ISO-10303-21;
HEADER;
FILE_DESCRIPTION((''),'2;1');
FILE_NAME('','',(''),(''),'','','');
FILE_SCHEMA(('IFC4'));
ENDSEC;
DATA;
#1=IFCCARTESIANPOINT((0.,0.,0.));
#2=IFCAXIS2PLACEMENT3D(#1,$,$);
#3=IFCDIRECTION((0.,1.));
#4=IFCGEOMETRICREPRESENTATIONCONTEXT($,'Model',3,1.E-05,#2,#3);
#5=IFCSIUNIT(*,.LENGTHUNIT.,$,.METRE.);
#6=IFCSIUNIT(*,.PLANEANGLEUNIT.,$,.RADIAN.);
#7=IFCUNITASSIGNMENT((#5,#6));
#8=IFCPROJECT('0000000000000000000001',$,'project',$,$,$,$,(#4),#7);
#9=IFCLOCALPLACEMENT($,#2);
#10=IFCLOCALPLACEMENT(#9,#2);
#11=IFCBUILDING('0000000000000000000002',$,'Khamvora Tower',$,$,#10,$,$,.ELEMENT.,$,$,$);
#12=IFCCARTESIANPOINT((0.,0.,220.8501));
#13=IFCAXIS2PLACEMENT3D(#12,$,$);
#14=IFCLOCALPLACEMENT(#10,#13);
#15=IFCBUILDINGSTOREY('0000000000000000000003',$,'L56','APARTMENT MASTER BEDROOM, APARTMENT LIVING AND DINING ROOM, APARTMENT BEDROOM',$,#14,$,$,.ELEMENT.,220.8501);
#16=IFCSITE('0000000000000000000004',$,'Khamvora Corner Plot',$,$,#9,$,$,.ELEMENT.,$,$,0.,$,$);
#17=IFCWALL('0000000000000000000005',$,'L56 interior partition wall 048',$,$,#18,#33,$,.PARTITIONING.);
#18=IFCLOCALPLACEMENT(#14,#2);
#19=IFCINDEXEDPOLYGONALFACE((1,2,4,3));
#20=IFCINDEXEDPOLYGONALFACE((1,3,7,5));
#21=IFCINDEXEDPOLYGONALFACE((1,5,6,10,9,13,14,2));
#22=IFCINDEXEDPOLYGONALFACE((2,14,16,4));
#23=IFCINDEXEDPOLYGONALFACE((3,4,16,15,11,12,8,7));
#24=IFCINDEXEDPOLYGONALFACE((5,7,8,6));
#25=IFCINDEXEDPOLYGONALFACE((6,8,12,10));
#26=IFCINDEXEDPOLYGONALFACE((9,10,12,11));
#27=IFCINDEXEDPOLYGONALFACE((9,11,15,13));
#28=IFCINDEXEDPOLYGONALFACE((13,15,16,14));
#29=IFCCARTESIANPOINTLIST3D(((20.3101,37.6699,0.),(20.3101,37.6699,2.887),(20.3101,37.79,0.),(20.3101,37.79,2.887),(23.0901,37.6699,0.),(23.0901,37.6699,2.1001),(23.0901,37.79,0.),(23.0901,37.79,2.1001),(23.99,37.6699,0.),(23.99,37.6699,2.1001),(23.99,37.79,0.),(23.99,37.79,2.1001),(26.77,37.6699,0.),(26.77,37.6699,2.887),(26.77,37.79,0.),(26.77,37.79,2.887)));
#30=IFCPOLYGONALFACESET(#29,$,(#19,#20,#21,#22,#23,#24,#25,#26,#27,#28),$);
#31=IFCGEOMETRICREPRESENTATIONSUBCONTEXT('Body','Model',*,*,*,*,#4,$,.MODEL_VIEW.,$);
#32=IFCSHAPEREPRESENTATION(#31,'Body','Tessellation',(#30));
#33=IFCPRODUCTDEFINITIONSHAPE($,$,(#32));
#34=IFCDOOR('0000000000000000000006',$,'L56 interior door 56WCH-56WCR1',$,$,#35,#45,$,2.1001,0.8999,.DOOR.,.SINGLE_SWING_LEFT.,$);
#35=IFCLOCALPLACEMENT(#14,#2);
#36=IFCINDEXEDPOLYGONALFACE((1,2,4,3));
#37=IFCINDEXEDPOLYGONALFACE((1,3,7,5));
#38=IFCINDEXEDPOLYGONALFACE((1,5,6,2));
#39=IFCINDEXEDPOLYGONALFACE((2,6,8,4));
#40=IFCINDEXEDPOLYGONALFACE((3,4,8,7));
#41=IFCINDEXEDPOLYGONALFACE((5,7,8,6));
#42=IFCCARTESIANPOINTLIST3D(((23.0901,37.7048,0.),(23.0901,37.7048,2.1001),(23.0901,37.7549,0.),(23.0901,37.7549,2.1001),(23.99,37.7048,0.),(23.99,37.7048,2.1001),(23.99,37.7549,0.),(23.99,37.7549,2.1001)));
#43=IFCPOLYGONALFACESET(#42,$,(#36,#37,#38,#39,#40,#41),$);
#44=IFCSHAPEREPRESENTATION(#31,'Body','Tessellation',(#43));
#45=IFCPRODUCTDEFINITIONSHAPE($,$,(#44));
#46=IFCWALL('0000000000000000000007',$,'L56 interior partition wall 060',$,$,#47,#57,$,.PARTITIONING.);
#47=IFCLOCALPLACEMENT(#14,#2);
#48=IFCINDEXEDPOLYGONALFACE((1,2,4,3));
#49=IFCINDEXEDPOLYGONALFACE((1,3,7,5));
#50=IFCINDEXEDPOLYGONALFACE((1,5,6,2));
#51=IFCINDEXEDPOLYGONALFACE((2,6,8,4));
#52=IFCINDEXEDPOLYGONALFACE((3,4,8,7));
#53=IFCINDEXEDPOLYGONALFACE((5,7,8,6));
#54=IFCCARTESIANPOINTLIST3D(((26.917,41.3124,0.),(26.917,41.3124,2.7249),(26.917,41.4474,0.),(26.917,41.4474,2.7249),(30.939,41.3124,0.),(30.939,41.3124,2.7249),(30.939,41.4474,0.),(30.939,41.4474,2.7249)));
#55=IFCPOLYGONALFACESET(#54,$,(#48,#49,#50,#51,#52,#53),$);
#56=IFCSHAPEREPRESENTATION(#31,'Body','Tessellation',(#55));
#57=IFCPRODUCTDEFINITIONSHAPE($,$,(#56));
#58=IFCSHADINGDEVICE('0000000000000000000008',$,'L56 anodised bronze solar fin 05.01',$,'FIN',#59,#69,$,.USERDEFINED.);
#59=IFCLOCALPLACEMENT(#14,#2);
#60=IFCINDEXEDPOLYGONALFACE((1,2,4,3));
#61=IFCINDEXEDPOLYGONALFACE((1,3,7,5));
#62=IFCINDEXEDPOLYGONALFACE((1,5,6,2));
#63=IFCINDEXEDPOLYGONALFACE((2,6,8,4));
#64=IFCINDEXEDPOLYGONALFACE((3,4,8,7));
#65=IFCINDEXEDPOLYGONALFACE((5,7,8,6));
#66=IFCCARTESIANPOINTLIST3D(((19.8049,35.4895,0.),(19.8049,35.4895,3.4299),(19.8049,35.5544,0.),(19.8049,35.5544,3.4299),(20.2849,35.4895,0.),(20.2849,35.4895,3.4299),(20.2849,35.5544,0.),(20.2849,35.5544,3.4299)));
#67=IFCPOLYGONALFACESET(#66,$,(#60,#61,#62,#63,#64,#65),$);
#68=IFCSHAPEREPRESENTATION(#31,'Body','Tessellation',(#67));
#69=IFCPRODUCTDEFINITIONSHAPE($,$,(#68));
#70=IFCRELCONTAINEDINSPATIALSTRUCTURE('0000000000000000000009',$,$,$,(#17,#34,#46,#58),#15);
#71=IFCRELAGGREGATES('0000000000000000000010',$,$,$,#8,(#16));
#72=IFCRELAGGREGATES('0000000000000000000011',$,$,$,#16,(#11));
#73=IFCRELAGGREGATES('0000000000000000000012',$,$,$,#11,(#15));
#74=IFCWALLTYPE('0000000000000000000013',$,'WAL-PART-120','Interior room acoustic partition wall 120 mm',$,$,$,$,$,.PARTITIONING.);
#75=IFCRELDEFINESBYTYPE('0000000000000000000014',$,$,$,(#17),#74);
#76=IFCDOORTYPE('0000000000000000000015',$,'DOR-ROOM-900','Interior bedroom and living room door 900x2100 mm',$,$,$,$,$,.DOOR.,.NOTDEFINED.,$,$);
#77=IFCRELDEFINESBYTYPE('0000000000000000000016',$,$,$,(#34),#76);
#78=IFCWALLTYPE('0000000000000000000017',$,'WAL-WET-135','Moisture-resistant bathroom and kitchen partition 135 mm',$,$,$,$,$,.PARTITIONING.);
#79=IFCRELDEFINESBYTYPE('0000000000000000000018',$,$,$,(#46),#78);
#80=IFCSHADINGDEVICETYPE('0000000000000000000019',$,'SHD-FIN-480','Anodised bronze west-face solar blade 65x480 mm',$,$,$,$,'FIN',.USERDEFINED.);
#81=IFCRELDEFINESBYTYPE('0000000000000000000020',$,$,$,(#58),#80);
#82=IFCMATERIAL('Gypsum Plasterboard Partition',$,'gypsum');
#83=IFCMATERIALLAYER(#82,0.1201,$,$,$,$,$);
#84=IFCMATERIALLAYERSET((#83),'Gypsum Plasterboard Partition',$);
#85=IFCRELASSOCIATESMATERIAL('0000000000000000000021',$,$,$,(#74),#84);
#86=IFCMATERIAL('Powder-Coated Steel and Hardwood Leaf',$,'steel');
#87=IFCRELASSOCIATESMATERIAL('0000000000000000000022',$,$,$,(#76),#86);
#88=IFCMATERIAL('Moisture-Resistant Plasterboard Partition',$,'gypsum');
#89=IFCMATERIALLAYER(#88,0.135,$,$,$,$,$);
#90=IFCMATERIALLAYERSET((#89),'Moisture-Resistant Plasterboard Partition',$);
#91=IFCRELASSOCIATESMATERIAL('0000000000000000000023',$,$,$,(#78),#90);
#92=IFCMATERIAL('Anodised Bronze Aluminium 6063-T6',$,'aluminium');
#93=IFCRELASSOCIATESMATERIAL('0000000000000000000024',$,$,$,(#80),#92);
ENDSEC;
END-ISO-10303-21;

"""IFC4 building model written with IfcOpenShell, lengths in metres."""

from ifc_helpers import new_model, si_unit, direction, frame, frame_2d, origin, origin_2d, place, context, subcontext, project, spatial, rectangle, extrude, material, layer, layer_set, type_object, element, fill, save


model = new_model("IFC4")

# Units and contexts
model_context = context("Model", 3, precision=1e-05, world=origin(), true_north=direction((0.0, 1.0)))
body_context = subcontext(model_context, "Body", "Model", "MODEL_VIEW")
ifc_project = project(units=[si_unit("LENGTHUNIT", "METRE"), si_unit("PLANEANGLEUNIT", "RADIAN")], contexts=[model_context])

# Site, building, storey
site_placement = place(None, origin())
site = spatial("IfcSite", under=ifc_project, at=site_placement, Name="Khamvora Corner Plot", CompositionType="ELEMENT", RefElevation=0.0)
building_placement = place(site_placement, origin())
building = spatial("IfcBuilding", under=site, at=building_placement, Name="Khamvora Tower", CompositionType="ELEMENT")
storey_placement = place(building_placement, frame((0.0, 0.0, 220.8501)))
storey = spatial("IfcBuildingStorey", under=building, at=storey_placement, Name="L56", Description="APARTMENT MASTER BEDROOM, APARTMENT LIVING AND DINING ROOM, APARTMENT BEDROOM", CompositionType="ELEMENT", Elevation=220.8501)

# Wall, opening, door
ifc_material_1 = material(Name="Gypsum Plasterboard Partition", Category="gypsum")
ifc_layer_1 = layer(ifc_material_1, 0.1201)
ifc_layer_set_1 = layer_set([ifc_layer_1], Name="Gypsum Plasterboard Partition")
wall_type_1 = type_object("IfcWallType", Name="WAL-PART-120", Description="Interior room acoustic partition wall 120 mm", PredefinedType="PARTITIONING", material=ifc_layer_set_1)
wall_1_placement = place(storey_placement, frame((20.3101, 37.73, 0.0), z_axis=(0.0, 0.0, 1.0), x_axis=(1.0, 0.0, 0.0)))
wall_1 = element("IfcWall", 1, at=wall_1_placement, inside=storey, type_object=wall_type_1, Name="L56 interior partition wall 048", PredefinedType="PARTITIONING", context=body_context, shape_type="SweptSolid", body=[
    extrude(rectangle(XDim=6.46, YDim=0.1201, at=frame_2d((3.23, 0.0))), origin(), (0.0, 0.0, 1.0), 2.887),
])
opening_1_placement = place(wall_1_placement, frame((2.78, 0.0, 0.0)))
opening_1 = element("IfcOpeningElement", 2, at=opening_1_placement, cuts=wall_1, PredefinedType="OPENING", context=body_context, shape_type="SweptSolid", body=[
    extrude(rectangle(XDim=0.8999, YDim=2.1001, at=frame_2d((0.45, 1.05))), frame((0.0, 0.0701, 0.0), z_axis=(0.0, -1.0, 0.0), x_axis=(1.0, 0.0, 0.0)), (0.0, 0.0, 1.0), 0.1401),
])
ifc_material_2 = material(Name="Powder-Coated Steel and Hardwood Leaf", Category="steel")
door_type = type_object("IfcDoorType", Name="DOR-ROOM-900", Description="Interior bedroom and living room door 900x2100 mm", OperationType="NOTDEFINED", PredefinedType="DOOR", material=ifc_material_2)
door_placement = place(opening_1_placement, origin())
door = element("IfcDoor", 3, at=door_placement, inside=storey, type_object=door_type, Name="L56 interior door 56WCH-56WCR1", OperationType="SINGLE_SWING_LEFT", OverallHeight=2.1001, OverallWidth=0.8999, PredefinedType="DOOR", context=body_context, shape_type="SweptSolid", body=[
    extrude(rectangle(XDim=0.8999, YDim=2.1001, at=frame_2d((0.45, 1.05))), frame((0.0, 0.0249, 0.0), z_axis=(0.0, -1.0, 0.0), x_axis=(1.0, 0.0, 0.0)), (0.0, 0.0, 1.0), 0.05),
])
fill(opening_1, door)

# Wall
ifc_material_3 = material(Name="Moisture-Resistant Plasterboard Partition", Category="gypsum")
ifc_layer_2 = layer(ifc_material_3, 0.135)
ifc_layer_set_2 = layer_set([ifc_layer_2], Name="Moisture-Resistant Plasterboard Partition")
wall_type_2 = type_object("IfcWallType", Name="WAL-WET-135", Description="Moisture-resistant bathroom and kitchen partition 135 mm", PredefinedType="PARTITIONING", material=ifc_layer_set_2)
wall_2_placement = place(storey_placement, frame((26.917, 41.3799, 0.0), z_axis=(0.0, 0.0, 1.0), x_axis=(1.0, 0.0, 0.0)))
element("IfcWall", 4, at=wall_2_placement, inside=storey, type_object=wall_type_2, Name="L56 interior partition wall 060", PredefinedType="PARTITIONING", context=body_context, shape_type="SweptSolid", body=[
    extrude(rectangle(XDim=4.022, YDim=0.135, at=frame_2d((2.011, 0.0))), origin(), (0.0, 0.0, 1.0), 2.7249),
])

# Shading device
ifc_material_4 = material(Name="Anodised Bronze Aluminium 6063-T6", Category="aluminium")
shading_device_type = type_object("IfcShadingDeviceType", Name="SHD-FIN-480", Description="Anodised bronze west-face solar blade 65x480 mm", ElementType="FIN", PredefinedType="USERDEFINED", material=ifc_material_4)
shading_device_placement = place(storey_placement, frame((20.0449, 35.522, 0.0), z_axis=(0.0, 0.0, 1.0), x_axis=(0.0, 1.0, 0.0)))
element("IfcShadingDevice", 5, at=shading_device_placement, inside=storey, type_object=shading_device_type, Name="L56 anodised bronze solar fin 05.01", ObjectType="FIN", PredefinedType="USERDEFINED", context=body_context, shape_type="SweptSolid", body=[
    extrude(rectangle(XDim=0.0649, YDim=0.48, at=origin_2d()), origin(), (0.0, 0.0, 1.0), 3.4299),
])

save(model, "model.ifc")
